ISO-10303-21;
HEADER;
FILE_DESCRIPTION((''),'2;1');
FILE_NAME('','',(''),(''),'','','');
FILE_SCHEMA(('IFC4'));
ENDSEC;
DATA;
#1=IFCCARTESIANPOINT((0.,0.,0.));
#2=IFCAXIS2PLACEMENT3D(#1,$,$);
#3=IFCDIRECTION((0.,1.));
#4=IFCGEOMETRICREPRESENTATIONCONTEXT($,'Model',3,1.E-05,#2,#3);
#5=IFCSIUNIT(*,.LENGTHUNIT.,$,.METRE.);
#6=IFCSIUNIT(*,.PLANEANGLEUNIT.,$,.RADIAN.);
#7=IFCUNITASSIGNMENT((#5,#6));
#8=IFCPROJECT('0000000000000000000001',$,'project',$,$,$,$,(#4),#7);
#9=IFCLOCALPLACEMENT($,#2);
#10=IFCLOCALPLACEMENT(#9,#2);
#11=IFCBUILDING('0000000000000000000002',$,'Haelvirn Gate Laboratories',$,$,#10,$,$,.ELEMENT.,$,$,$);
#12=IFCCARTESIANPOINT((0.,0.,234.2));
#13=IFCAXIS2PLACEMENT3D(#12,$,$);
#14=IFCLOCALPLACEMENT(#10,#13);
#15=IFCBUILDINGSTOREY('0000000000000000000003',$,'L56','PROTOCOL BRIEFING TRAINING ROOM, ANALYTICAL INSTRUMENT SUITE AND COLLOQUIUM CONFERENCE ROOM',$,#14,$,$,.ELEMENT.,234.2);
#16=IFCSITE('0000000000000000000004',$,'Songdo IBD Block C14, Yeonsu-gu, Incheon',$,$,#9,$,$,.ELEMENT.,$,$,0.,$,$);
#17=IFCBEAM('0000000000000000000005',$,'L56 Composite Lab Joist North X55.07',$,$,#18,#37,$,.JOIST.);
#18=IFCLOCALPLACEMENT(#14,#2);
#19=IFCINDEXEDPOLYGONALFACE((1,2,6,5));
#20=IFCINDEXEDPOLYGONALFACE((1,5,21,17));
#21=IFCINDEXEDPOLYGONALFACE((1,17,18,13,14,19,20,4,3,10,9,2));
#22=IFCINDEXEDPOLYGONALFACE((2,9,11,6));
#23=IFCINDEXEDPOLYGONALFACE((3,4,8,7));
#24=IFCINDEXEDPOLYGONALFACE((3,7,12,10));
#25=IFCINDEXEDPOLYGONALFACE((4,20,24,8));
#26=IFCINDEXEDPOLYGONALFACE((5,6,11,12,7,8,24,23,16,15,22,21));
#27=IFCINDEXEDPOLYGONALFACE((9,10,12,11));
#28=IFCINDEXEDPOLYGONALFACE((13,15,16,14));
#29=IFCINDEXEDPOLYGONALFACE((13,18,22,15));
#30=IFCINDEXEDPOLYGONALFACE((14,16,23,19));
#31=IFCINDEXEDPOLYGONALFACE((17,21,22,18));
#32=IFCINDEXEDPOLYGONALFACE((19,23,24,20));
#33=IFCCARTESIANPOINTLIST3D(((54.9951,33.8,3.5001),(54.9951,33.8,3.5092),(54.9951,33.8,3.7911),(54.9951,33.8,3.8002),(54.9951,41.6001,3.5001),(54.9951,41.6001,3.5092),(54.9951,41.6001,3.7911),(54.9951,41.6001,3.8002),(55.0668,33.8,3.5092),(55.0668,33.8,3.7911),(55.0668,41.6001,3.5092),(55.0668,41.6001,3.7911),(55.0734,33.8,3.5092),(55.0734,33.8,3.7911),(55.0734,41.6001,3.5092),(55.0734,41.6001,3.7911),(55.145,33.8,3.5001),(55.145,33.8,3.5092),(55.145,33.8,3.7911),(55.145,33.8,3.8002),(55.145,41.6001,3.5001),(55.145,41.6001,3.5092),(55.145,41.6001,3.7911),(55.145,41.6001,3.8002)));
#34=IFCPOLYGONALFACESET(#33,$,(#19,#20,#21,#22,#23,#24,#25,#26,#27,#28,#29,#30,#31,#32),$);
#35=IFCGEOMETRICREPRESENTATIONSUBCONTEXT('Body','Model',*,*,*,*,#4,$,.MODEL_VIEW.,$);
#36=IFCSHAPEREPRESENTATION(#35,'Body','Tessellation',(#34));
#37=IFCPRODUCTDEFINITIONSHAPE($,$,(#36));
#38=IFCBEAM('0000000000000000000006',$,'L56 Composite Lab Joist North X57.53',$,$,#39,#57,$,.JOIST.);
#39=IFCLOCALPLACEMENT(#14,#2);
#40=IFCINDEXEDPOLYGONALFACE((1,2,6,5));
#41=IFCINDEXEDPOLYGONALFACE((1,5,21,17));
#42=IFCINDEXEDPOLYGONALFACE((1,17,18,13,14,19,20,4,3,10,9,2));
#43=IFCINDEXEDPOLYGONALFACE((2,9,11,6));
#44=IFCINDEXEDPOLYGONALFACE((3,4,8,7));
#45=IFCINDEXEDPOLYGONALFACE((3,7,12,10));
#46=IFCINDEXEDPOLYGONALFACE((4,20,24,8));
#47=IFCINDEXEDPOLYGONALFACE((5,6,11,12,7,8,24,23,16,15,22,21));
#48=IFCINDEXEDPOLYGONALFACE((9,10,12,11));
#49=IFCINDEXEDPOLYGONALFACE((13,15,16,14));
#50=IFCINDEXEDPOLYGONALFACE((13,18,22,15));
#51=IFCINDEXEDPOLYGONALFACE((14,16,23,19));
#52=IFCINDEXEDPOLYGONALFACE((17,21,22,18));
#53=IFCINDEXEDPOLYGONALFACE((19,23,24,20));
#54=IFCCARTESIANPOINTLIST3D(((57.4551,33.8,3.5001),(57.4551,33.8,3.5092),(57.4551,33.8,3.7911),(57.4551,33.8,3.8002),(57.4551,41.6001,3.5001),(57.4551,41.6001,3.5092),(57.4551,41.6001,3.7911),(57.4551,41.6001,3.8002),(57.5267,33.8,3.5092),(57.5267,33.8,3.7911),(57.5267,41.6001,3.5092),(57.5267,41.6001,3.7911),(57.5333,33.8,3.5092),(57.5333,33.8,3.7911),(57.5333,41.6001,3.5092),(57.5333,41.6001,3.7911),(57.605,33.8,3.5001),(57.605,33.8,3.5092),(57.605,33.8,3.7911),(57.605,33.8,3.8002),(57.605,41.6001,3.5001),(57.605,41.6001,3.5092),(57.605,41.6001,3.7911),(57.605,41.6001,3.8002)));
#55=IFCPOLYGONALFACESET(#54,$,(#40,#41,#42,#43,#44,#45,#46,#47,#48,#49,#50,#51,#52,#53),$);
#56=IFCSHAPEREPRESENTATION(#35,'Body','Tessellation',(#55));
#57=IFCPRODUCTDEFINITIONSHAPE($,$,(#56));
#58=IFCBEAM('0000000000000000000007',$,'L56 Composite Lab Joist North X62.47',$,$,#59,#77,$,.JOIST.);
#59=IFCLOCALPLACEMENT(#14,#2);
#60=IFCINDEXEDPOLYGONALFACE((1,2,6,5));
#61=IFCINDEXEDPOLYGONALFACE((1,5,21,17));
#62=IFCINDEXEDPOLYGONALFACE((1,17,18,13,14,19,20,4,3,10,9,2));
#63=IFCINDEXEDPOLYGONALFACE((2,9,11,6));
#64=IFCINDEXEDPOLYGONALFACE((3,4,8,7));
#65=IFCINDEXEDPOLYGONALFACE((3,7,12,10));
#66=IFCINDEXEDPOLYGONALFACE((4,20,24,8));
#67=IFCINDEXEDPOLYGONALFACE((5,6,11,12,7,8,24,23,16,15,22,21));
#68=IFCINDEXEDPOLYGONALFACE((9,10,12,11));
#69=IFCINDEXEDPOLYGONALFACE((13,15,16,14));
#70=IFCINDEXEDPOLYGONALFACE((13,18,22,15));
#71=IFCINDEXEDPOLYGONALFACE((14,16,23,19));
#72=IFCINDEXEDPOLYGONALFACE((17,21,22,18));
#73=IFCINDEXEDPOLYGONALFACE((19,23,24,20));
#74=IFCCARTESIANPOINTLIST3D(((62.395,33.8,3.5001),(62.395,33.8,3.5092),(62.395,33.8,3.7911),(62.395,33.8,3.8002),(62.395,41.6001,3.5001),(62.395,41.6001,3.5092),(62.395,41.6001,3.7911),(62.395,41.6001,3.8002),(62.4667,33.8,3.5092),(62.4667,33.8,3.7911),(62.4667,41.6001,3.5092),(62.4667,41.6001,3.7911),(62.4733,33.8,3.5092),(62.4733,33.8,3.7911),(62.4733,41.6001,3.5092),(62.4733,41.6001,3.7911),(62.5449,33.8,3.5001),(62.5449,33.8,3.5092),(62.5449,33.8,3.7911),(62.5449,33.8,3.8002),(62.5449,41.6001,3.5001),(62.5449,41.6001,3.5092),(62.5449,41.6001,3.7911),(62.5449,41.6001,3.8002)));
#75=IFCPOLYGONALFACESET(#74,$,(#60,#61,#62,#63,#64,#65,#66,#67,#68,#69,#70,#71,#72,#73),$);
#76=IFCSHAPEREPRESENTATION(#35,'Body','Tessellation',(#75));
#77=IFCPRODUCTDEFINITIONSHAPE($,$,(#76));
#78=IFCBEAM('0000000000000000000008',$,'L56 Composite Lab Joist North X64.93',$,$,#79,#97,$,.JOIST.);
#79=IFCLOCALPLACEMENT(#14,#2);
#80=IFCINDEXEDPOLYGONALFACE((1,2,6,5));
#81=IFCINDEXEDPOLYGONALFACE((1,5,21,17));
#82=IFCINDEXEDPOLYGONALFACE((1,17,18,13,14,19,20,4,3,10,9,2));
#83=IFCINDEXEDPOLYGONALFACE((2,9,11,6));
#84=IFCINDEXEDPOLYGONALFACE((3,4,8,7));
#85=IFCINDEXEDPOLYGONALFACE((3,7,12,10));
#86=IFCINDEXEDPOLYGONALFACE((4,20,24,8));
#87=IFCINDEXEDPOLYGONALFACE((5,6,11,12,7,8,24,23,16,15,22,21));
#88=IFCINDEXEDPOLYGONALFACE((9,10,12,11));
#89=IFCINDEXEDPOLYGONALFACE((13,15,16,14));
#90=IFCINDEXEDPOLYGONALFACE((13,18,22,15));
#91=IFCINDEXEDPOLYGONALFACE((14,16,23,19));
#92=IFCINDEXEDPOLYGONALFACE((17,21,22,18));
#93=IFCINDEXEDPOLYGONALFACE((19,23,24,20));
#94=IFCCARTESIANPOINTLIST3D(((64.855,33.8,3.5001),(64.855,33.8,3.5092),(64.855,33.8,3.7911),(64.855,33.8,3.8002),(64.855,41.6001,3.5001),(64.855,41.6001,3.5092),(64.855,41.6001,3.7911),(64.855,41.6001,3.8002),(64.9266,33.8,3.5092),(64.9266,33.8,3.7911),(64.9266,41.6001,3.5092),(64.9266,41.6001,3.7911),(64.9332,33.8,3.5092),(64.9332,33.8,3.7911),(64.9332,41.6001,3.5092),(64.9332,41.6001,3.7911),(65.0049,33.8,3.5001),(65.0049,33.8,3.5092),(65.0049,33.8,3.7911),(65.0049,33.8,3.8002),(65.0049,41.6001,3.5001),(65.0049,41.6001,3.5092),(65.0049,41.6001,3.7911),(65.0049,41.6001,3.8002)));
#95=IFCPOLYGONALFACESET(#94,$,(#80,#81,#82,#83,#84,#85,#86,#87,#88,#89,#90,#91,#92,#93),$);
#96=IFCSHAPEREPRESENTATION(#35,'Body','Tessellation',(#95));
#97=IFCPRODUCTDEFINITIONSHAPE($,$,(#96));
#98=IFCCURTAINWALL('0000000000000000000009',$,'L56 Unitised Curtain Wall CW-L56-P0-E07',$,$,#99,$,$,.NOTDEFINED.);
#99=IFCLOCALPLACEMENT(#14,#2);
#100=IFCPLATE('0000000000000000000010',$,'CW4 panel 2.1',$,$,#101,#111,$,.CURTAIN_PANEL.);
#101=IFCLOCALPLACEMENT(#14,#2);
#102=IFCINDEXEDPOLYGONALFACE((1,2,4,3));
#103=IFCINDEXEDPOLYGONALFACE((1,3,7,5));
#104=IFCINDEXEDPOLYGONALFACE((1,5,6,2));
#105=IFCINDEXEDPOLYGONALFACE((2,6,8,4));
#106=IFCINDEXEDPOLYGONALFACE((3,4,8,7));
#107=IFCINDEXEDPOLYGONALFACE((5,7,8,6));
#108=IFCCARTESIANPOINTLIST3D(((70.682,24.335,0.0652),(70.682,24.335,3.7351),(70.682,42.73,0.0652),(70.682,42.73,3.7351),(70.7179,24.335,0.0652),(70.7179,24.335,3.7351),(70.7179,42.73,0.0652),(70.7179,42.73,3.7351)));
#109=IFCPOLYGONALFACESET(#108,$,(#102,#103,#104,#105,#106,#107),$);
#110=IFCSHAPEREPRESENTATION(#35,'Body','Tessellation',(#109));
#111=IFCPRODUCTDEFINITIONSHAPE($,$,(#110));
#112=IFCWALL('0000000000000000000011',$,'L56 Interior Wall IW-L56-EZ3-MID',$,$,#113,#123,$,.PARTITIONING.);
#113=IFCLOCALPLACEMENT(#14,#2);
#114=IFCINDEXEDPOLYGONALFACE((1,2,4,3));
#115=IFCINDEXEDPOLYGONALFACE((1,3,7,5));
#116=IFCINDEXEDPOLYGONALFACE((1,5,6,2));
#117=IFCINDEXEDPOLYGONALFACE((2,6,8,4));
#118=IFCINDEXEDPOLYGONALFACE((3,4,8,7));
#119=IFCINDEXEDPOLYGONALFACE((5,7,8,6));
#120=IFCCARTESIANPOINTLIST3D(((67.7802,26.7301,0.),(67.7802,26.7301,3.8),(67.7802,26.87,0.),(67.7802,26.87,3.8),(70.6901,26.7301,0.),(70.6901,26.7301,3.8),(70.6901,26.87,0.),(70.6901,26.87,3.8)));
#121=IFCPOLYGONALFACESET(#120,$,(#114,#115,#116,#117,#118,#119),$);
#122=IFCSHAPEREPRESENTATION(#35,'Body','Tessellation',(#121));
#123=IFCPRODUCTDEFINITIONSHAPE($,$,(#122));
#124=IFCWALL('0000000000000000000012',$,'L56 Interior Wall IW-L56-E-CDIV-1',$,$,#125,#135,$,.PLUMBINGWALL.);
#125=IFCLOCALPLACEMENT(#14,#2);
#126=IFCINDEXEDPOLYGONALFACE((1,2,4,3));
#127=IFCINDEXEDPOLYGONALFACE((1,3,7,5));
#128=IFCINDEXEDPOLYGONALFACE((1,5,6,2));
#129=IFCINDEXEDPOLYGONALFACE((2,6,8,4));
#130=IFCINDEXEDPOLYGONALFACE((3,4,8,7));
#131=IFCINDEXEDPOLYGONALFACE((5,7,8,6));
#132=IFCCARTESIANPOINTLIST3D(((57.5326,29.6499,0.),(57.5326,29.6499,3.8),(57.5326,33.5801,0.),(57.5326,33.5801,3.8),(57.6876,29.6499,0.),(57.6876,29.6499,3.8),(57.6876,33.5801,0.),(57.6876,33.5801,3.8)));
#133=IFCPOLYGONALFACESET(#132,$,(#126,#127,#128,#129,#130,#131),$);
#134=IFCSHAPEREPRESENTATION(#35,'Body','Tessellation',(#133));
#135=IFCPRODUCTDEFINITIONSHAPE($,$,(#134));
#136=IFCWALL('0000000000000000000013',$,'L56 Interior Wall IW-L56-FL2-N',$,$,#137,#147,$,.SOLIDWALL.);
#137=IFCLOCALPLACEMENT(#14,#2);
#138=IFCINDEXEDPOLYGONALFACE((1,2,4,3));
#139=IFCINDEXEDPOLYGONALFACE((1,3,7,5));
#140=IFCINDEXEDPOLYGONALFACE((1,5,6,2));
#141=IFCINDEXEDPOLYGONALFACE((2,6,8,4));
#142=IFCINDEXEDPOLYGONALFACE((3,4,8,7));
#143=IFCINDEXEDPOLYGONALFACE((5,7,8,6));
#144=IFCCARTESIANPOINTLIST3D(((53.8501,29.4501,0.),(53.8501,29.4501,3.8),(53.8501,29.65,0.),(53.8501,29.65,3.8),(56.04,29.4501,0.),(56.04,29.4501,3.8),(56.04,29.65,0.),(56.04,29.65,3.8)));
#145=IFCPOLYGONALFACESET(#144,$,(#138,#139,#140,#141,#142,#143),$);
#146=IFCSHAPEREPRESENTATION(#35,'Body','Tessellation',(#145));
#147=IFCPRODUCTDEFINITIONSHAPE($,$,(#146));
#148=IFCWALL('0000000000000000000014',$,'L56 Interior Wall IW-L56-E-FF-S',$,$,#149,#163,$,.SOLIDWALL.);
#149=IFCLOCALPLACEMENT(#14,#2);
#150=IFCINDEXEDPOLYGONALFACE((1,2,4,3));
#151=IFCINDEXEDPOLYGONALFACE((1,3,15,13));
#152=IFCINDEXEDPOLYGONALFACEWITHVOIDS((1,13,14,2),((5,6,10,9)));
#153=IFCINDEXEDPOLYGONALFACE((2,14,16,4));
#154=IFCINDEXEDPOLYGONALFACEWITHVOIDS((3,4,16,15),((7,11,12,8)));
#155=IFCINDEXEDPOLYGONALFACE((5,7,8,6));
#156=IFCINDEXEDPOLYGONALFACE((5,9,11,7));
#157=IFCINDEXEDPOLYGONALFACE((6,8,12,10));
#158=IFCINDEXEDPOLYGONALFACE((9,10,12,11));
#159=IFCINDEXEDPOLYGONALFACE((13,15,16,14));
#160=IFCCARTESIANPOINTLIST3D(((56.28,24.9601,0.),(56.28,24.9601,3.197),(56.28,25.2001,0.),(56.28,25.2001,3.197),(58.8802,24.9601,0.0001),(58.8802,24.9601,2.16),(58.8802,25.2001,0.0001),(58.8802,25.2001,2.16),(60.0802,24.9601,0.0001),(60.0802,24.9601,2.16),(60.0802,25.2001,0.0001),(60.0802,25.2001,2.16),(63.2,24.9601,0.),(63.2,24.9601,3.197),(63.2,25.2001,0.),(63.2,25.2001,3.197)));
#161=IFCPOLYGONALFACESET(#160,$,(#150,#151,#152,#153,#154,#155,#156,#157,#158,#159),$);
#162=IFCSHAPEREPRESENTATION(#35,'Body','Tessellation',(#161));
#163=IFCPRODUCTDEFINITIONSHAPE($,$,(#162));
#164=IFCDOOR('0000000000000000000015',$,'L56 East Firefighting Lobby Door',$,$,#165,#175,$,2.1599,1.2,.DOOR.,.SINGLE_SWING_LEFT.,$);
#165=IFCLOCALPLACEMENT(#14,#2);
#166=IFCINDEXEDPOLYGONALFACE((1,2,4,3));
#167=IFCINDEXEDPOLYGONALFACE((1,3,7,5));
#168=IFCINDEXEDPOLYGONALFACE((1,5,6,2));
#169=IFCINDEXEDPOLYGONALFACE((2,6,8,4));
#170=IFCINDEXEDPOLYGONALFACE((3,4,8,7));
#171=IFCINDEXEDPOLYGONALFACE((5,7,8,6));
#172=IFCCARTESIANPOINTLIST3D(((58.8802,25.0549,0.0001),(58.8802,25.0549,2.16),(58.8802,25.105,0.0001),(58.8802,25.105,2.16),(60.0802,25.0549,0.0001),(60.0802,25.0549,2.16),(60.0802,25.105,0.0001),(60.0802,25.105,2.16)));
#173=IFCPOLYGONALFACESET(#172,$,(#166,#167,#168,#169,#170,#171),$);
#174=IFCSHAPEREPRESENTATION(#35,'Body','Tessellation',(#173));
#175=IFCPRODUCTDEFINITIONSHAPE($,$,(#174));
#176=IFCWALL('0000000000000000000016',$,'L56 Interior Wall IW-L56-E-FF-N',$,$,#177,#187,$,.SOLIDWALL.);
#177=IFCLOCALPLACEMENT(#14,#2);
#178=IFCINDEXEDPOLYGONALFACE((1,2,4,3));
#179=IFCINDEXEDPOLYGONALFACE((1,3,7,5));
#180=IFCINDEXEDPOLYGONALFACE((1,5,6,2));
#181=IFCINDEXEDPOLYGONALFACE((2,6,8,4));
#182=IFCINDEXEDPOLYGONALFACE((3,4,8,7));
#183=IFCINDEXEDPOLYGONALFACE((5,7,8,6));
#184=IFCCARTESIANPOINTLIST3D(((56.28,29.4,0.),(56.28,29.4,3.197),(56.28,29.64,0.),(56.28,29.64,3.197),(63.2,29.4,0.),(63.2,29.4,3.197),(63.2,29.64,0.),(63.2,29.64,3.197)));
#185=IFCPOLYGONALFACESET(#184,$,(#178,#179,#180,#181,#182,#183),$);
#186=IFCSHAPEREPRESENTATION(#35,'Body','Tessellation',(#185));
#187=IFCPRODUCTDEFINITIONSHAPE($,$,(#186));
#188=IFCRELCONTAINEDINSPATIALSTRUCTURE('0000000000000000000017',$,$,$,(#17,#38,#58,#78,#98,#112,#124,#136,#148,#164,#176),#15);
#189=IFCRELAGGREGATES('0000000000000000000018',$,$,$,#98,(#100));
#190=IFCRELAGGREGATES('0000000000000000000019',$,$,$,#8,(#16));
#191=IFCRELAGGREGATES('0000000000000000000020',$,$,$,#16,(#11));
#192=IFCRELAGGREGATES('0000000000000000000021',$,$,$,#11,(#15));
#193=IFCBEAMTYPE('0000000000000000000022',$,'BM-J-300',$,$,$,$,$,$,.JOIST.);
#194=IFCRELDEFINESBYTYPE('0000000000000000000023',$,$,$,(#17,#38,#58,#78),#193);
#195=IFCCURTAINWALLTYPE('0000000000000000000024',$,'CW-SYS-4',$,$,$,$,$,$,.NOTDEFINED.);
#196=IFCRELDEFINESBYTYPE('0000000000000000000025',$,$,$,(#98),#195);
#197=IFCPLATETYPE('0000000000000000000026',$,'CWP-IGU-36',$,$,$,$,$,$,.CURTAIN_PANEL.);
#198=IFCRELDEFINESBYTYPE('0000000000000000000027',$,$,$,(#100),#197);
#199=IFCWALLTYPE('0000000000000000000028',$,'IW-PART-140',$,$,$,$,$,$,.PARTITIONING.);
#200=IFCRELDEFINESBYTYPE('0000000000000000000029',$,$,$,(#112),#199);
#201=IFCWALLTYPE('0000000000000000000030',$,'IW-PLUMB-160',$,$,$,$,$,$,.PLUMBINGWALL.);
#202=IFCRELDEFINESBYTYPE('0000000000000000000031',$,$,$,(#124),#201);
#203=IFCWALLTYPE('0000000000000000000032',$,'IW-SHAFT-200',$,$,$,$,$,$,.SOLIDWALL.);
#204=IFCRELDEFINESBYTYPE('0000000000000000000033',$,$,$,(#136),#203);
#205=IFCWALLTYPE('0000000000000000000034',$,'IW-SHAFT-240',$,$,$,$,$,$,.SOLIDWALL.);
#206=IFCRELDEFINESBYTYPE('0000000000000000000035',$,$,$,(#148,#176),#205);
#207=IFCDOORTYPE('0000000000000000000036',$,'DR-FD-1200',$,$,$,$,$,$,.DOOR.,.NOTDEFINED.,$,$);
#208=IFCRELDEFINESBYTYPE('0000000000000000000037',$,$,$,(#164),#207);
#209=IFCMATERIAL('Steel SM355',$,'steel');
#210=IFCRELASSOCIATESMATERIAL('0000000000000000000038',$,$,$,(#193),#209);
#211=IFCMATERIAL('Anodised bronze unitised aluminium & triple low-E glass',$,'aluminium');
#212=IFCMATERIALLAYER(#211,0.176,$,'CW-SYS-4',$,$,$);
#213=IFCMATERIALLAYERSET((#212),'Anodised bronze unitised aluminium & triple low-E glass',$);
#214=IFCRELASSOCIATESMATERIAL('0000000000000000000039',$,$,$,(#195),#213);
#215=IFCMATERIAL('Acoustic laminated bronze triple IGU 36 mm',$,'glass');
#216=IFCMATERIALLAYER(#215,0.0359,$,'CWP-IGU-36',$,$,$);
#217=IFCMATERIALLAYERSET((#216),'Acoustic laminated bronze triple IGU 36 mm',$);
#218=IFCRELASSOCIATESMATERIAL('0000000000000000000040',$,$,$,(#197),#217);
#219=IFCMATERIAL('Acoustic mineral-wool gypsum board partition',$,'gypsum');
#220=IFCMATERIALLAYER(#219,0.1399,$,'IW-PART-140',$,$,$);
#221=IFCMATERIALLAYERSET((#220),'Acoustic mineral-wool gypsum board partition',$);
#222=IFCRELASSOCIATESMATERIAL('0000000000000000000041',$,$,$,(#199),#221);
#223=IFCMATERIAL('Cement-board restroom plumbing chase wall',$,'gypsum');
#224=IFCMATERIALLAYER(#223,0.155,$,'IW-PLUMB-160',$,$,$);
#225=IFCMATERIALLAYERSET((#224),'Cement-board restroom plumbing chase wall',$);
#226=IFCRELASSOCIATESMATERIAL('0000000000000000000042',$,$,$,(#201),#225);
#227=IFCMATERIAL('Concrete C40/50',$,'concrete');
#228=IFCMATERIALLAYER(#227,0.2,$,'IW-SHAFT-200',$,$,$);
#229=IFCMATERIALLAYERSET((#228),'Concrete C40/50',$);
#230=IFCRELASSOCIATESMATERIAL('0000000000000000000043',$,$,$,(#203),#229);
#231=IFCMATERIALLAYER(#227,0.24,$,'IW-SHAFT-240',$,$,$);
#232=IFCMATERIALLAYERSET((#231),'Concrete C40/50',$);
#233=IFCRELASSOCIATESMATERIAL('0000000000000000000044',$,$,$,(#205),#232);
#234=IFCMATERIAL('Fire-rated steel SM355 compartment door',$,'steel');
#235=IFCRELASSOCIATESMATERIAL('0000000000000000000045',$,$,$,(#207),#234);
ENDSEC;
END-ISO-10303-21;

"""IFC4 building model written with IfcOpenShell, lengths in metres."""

from ifc_helpers import new_model, si_unit, direction, frame, frame_2d, origin, origin_2d, place, context, subcontext, project, spatial, rectangle, i_section, extrude, source, transform, mapped, material, layer, layer_set, material_profile, profile_set, type_object, type_shapes, element, fill, aggregate, save


model = new_model("IFC4")

# Units and contexts
model_context = context("Model", 3, precision=1e-05, world=origin(), true_north=direction((0.0, 1.0)))
body_context = subcontext(model_context, "Body", "Model", "MODEL_VIEW")
ifc_project = project(units=[si_unit("LENGTHUNIT", "METRE"), si_unit("PLANEANGLEUNIT", "RADIAN")], contexts=[model_context])

# Site, building, storey
site_placement = place(None, origin())
site = spatial("IfcSite", under=ifc_project, at=site_placement, Name="Songdo IBD Block C14, Yeonsu-gu, Incheon", CompositionType="ELEMENT", RefElevation=0.0)
building_placement = place(site_placement, origin())
building = spatial("IfcBuilding", under=site, at=building_placement, Name="Haelvirn Gate Laboratories", CompositionType="ELEMENT")
storey_placement = place(building_placement, frame((0.0, 0.0, 234.2)))
storey = spatial("IfcBuildingStorey", under=building, at=storey_placement, Name="L56", Description="PROTOCOL BRIEFING TRAINING ROOM, ANALYTICAL INSTRUMENT SUITE AND COLLOQUIUM CONFERENCE ROOM", CompositionType="ELEMENT", Elevation=234.2)

# Beams
ifc_material_1 = material(Name="Steel SM355", Category="steel")
ifc_material_profile = material_profile(ifc_material_1, i_section(OverallWidth=0.1499, OverallDepth=0.3, WebThickness=0.0066, FlangeThickness=0.009, at=origin_2d()), Name="H-300x150x6.5x9")
ifc_profile_set = profile_set([ifc_material_profile], Name="Steel SM355")
beam_type = type_object("IfcBeamType", Name="BM-J-300", PredefinedType="JOIST", material=ifc_profile_set)
shared_shape_1 = source(origin(), body_context, "Body", "SweptSolid", [
    extrude(i_section(OverallWidth=0.1499, OverallDepth=0.3, WebThickness=0.0066, FlangeThickness=0.009, at=origin_2d()), origin(), (0.0, 0.0, 1.0), 7.8),
])
type_shapes(beam_type, [shared_shape_1])
for number, where, z_axis, x_axis, name in (
    (1, (55.0701, 33.8, 3.6501), (0.0, 1.0, 0.0), (-1.0, 0.0, 0.0), "L56 Composite Lab Joist North X55.07"),
    (2, (57.53, 33.8, 3.6501), (0.0, 1.0, 0.0), (-1.0, 0.0, 0.0), "L56 Composite Lab Joist North X57.53"),
    (3, (62.47, 33.8, 3.6501), (0.0, 1.0, 0.0), (-1.0, 0.0, 0.0), "L56 Composite Lab Joist North X62.47"),
    (4, (64.9299, 33.8, 3.6501), (0.0, 1.0, 0.0), (-1.0, 0.0, 0.0), "L56 Composite Lab Joist North X64.93"),
):
    element("IfcBeam", number, at=place(storey_placement, frame(where, z_axis=z_axis, x_axis=x_axis)), inside=storey, type_object=beam_type, Name=name, PredefinedType="JOIST", context=body_context, shape_type="MappedRepresentation", body=[
        mapped(shared_shape_1, transform((0.0, 0.0, 0.0), scale=1.0)),
    ])

# Curtain wall, plate
ifc_material_2 = material(Name="Anodised bronze unitised aluminium & triple low-E glass", Category="aluminium")
ifc_layer_1 = layer(ifc_material_2, 0.176, Name="CW-SYS-4")
ifc_layer_set_1 = layer_set([ifc_layer_1], Name="Anodised bronze unitised aluminium & triple low-E glass")
curtain_wall_type = type_object("IfcCurtainWallType", Name="CW-SYS-4", PredefinedType="NOTDEFINED", material=ifc_layer_set_1)
curtain_wall_placement = place(storey_placement, origin())
curtain_wall = element("IfcCurtainWall", 5, at=curtain_wall_placement, inside=storey, type_object=curtain_wall_type, Name="L56 Unitised Curtain Wall CW-L56-P0-E07", PredefinedType="NOTDEFINED")
ifc_material_3 = material(Name="Acoustic laminated bronze triple IGU 36 mm", Category="glass")
ifc_layer_2 = layer(ifc_material_3, 0.0359, Name="CWP-IGU-36")
ifc_layer_set_2 = layer_set([ifc_layer_2], Name="Acoustic laminated bronze triple IGU 36 mm")
plate_type = type_object("IfcPlateType", Name="CWP-IGU-36", PredefinedType="CURTAIN_PANEL", material=ifc_layer_set_2)
shared_shape_2 = source(origin(), body_context, "Body", "SweptSolid", [
    extrude(rectangle(XDim=18.395, YDim=0.0359, at=origin_2d()), origin(), (0.0, 0.0, 1.0), 3.6699),
])
type_shapes(plate_type, [shared_shape_2])
plate_placement = place(storey_placement, frame((70.7, 33.5325, 0.0652), z_axis=(0.0, 0.0, 1.0), x_axis=(0.0, 1.0, 0.0)))
plate = element("IfcPlate", 6, at=plate_placement, type_object=plate_type, Name="CW4 panel 2.1", PredefinedType="CURTAIN_PANEL", context=body_context, shape_type="MappedRepresentation", body=[
    mapped(shared_shape_2, transform((0.0, 0.0, 0.0), scale=1.0)),
])
aggregate(curtain_wall, [plate])

# Walls
ifc_material_4 = material(Name="Acoustic mineral-wool gypsum board partition", Category="gypsum")
ifc_layer_3 = layer(ifc_material_4, 0.1399, Name="IW-PART-140")
ifc_layer_set_3 = layer_set([ifc_layer_3], Name="Acoustic mineral-wool gypsum board partition")
wall_type_1 = type_object("IfcWallType", Name="IW-PART-140", PredefinedType="PARTITIONING", material=ifc_layer_set_3)
wall_1_placement = place(storey_placement, frame((67.78, 26.8, 0.0), z_axis=(0.0, 0.0, 1.0), x_axis=(1.0, 0.0, 0.0)))
element("IfcWall", 7, at=wall_1_placement, inside=storey, type_object=wall_type_1, Name="L56 Interior Wall IW-L56-EZ3-MID", PredefinedType="PARTITIONING", context=body_context, shape_type="SweptSolid", body=[
    extrude(rectangle(XDim=2.9099, YDim=0.1399, at=frame_2d((1.4551, 0.0))), origin(), (0.0, 0.0, 1.0), 3.8),
])
ifc_material_5 = material(Name="Cement-board restroom plumbing chase wall", Category="gypsum")
ifc_layer_4 = layer(ifc_material_5, 0.155, Name="IW-PLUMB-160")
ifc_layer_set_4 = layer_set([ifc_layer_4], Name="Cement-board restroom plumbing chase wall")
wall_type_2 = type_object("IfcWallType", Name="IW-PLUMB-160", PredefinedType="PLUMBINGWALL", material=ifc_layer_set_4)
wall_2_placement = place(storey_placement, frame((57.6101, 29.6499, 0.0), z_axis=(0.0, 0.0, 1.0), x_axis=(0.0, 1.0, 0.0)))
element("IfcWall", 8, at=wall_2_placement, inside=storey, type_object=wall_type_2, Name="L56 Interior Wall IW-L56-E-CDIV-1", PredefinedType="PLUMBINGWALL", context=body_context, shape_type="SweptSolid", body=[
    extrude(rectangle(XDim=3.9302, YDim=0.155, at=frame_2d((1.9651, 0.0))), origin(), (0.0, 0.0, 1.0), 3.8),
])
ifc_material_6 = material(Name="Concrete C40/50", Category="concrete")
ifc_layer_5 = layer(ifc_material_6, 0.2, Name="IW-SHAFT-200")
ifc_layer_set_5 = layer_set([ifc_layer_5], Name="Concrete C40/50")
wall_type_3 = type_object("IfcWallType", Name="IW-SHAFT-200", PredefinedType="SOLIDWALL", material=ifc_layer_set_5)
wall_3_placement = place(storey_placement, frame((53.8501, 29.55, 0.0), z_axis=(0.0, 0.0, 1.0), x_axis=(1.0, 0.0, 0.0)))
element("IfcWall", 9, at=wall_3_placement, inside=storey, type_object=wall_type_3, Name="L56 Interior Wall IW-L56-FL2-N", PredefinedType="SOLIDWALL", context=body_context, shape_type="SweptSolid", body=[
    extrude(rectangle(XDim=2.1899, YDim=0.2, at=frame_2d((1.095, 0.0))), origin(), (0.0, 0.0, 1.0), 3.8),
])

# Wall, opening, door
ifc_layer_6 = layer(ifc_material_6, 0.24, Name="IW-SHAFT-240")
ifc_layer_set_6 = layer_set([ifc_layer_6], Name="Concrete C40/50")
wall_type_4 = type_object("IfcWallType", Name="IW-SHAFT-240", PredefinedType="SOLIDWALL", material=ifc_layer_set_6)
wall_4_placement = place(storey_placement, frame((56.28, 25.0801, 0.0), z_axis=(0.0, 0.0, 1.0), x_axis=(1.0, 0.0, 0.0)))
wall_4 = element("IfcWall", 10, at=wall_4_placement, inside=storey, type_object=wall_type_4, Name="L56 Interior Wall IW-L56-E-FF-S", PredefinedType="SOLIDWALL", context=body_context, shape_type="SweptSolid", body=[
    extrude(rectangle(XDim=6.9199, YDim=0.24, at=frame_2d((3.46, 0.0))), origin(), (0.0, 0.0, 1.0), 3.197),
])
opening_placement = place(wall_4_placement, frame((2.6001, 0.0, 0.0)))
opening = element("IfcOpeningElement", 11, at=opening_placement, cuts=wall_4, PredefinedType="OPENING", context=body_context, shape_type="SweptSolid", body=[
    extrude(rectangle(XDim=1.2, YDim=2.1599, at=frame_2d((0.6001, 1.0801))), frame((0.0, 0.1299, 0.0), z_axis=(0.0, -1.0, 0.0), x_axis=(1.0, 0.0, 0.0)), (0.0, 0.0, 1.0), 0.26),
])
ifc_material_7 = material(Name="Fire-rated steel SM355 compartment door", Category="steel")
door_type = type_object("IfcDoorType", Name="DR-FD-1200", OperationType="NOTDEFINED", PredefinedType="DOOR", material=ifc_material_7)
shared_shape_3 = source(origin(), body_context, "Body", "SweptSolid", [
    extrude(rectangle(XDim=1.2, YDim=2.1599, at=frame_2d((0.6001, 1.0801))), frame((0.0, 0.0249, 0.0), z_axis=(0.0, -1.0, 0.0), x_axis=(1.0, 0.0, 0.0)), (0.0, 0.0, 1.0), 0.05),
])
type_shapes(door_type, [shared_shape_3])
door_placement = place(opening_placement, origin())
door = element("IfcDoor", 12, at=door_placement, inside=storey, type_object=door_type, Name="L56 East Firefighting Lobby Door", OperationType="SINGLE_SWING_LEFT", OverallHeight=2.1599, OverallWidth=1.2, PredefinedType="DOOR", context=body_context, shape_type="MappedRepresentation", body=[
    mapped(shared_shape_3, transform((0.0, 0.0, 0.0), scale=1.0)),
])
fill(opening, door)

# Wall
wall_5_placement = place(storey_placement, frame((56.28, 29.52, 0.0), z_axis=(0.0, 0.0, 1.0), x_axis=(1.0, 0.0, 0.0)))
element("IfcWall", 13, at=wall_5_placement, inside=storey, type_object=wall_type_4, Name="L56 Interior Wall IW-L56-E-FF-N", PredefinedType="SOLIDWALL", context=body_context, shape_type="SweptSolid", body=[
    extrude(rectangle(XDim=6.9199, YDim=0.24, at=frame_2d((3.46, 0.0))), origin(), (0.0, 0.0, 1.0), 3.197),
])

save(model, "model.ifc")
